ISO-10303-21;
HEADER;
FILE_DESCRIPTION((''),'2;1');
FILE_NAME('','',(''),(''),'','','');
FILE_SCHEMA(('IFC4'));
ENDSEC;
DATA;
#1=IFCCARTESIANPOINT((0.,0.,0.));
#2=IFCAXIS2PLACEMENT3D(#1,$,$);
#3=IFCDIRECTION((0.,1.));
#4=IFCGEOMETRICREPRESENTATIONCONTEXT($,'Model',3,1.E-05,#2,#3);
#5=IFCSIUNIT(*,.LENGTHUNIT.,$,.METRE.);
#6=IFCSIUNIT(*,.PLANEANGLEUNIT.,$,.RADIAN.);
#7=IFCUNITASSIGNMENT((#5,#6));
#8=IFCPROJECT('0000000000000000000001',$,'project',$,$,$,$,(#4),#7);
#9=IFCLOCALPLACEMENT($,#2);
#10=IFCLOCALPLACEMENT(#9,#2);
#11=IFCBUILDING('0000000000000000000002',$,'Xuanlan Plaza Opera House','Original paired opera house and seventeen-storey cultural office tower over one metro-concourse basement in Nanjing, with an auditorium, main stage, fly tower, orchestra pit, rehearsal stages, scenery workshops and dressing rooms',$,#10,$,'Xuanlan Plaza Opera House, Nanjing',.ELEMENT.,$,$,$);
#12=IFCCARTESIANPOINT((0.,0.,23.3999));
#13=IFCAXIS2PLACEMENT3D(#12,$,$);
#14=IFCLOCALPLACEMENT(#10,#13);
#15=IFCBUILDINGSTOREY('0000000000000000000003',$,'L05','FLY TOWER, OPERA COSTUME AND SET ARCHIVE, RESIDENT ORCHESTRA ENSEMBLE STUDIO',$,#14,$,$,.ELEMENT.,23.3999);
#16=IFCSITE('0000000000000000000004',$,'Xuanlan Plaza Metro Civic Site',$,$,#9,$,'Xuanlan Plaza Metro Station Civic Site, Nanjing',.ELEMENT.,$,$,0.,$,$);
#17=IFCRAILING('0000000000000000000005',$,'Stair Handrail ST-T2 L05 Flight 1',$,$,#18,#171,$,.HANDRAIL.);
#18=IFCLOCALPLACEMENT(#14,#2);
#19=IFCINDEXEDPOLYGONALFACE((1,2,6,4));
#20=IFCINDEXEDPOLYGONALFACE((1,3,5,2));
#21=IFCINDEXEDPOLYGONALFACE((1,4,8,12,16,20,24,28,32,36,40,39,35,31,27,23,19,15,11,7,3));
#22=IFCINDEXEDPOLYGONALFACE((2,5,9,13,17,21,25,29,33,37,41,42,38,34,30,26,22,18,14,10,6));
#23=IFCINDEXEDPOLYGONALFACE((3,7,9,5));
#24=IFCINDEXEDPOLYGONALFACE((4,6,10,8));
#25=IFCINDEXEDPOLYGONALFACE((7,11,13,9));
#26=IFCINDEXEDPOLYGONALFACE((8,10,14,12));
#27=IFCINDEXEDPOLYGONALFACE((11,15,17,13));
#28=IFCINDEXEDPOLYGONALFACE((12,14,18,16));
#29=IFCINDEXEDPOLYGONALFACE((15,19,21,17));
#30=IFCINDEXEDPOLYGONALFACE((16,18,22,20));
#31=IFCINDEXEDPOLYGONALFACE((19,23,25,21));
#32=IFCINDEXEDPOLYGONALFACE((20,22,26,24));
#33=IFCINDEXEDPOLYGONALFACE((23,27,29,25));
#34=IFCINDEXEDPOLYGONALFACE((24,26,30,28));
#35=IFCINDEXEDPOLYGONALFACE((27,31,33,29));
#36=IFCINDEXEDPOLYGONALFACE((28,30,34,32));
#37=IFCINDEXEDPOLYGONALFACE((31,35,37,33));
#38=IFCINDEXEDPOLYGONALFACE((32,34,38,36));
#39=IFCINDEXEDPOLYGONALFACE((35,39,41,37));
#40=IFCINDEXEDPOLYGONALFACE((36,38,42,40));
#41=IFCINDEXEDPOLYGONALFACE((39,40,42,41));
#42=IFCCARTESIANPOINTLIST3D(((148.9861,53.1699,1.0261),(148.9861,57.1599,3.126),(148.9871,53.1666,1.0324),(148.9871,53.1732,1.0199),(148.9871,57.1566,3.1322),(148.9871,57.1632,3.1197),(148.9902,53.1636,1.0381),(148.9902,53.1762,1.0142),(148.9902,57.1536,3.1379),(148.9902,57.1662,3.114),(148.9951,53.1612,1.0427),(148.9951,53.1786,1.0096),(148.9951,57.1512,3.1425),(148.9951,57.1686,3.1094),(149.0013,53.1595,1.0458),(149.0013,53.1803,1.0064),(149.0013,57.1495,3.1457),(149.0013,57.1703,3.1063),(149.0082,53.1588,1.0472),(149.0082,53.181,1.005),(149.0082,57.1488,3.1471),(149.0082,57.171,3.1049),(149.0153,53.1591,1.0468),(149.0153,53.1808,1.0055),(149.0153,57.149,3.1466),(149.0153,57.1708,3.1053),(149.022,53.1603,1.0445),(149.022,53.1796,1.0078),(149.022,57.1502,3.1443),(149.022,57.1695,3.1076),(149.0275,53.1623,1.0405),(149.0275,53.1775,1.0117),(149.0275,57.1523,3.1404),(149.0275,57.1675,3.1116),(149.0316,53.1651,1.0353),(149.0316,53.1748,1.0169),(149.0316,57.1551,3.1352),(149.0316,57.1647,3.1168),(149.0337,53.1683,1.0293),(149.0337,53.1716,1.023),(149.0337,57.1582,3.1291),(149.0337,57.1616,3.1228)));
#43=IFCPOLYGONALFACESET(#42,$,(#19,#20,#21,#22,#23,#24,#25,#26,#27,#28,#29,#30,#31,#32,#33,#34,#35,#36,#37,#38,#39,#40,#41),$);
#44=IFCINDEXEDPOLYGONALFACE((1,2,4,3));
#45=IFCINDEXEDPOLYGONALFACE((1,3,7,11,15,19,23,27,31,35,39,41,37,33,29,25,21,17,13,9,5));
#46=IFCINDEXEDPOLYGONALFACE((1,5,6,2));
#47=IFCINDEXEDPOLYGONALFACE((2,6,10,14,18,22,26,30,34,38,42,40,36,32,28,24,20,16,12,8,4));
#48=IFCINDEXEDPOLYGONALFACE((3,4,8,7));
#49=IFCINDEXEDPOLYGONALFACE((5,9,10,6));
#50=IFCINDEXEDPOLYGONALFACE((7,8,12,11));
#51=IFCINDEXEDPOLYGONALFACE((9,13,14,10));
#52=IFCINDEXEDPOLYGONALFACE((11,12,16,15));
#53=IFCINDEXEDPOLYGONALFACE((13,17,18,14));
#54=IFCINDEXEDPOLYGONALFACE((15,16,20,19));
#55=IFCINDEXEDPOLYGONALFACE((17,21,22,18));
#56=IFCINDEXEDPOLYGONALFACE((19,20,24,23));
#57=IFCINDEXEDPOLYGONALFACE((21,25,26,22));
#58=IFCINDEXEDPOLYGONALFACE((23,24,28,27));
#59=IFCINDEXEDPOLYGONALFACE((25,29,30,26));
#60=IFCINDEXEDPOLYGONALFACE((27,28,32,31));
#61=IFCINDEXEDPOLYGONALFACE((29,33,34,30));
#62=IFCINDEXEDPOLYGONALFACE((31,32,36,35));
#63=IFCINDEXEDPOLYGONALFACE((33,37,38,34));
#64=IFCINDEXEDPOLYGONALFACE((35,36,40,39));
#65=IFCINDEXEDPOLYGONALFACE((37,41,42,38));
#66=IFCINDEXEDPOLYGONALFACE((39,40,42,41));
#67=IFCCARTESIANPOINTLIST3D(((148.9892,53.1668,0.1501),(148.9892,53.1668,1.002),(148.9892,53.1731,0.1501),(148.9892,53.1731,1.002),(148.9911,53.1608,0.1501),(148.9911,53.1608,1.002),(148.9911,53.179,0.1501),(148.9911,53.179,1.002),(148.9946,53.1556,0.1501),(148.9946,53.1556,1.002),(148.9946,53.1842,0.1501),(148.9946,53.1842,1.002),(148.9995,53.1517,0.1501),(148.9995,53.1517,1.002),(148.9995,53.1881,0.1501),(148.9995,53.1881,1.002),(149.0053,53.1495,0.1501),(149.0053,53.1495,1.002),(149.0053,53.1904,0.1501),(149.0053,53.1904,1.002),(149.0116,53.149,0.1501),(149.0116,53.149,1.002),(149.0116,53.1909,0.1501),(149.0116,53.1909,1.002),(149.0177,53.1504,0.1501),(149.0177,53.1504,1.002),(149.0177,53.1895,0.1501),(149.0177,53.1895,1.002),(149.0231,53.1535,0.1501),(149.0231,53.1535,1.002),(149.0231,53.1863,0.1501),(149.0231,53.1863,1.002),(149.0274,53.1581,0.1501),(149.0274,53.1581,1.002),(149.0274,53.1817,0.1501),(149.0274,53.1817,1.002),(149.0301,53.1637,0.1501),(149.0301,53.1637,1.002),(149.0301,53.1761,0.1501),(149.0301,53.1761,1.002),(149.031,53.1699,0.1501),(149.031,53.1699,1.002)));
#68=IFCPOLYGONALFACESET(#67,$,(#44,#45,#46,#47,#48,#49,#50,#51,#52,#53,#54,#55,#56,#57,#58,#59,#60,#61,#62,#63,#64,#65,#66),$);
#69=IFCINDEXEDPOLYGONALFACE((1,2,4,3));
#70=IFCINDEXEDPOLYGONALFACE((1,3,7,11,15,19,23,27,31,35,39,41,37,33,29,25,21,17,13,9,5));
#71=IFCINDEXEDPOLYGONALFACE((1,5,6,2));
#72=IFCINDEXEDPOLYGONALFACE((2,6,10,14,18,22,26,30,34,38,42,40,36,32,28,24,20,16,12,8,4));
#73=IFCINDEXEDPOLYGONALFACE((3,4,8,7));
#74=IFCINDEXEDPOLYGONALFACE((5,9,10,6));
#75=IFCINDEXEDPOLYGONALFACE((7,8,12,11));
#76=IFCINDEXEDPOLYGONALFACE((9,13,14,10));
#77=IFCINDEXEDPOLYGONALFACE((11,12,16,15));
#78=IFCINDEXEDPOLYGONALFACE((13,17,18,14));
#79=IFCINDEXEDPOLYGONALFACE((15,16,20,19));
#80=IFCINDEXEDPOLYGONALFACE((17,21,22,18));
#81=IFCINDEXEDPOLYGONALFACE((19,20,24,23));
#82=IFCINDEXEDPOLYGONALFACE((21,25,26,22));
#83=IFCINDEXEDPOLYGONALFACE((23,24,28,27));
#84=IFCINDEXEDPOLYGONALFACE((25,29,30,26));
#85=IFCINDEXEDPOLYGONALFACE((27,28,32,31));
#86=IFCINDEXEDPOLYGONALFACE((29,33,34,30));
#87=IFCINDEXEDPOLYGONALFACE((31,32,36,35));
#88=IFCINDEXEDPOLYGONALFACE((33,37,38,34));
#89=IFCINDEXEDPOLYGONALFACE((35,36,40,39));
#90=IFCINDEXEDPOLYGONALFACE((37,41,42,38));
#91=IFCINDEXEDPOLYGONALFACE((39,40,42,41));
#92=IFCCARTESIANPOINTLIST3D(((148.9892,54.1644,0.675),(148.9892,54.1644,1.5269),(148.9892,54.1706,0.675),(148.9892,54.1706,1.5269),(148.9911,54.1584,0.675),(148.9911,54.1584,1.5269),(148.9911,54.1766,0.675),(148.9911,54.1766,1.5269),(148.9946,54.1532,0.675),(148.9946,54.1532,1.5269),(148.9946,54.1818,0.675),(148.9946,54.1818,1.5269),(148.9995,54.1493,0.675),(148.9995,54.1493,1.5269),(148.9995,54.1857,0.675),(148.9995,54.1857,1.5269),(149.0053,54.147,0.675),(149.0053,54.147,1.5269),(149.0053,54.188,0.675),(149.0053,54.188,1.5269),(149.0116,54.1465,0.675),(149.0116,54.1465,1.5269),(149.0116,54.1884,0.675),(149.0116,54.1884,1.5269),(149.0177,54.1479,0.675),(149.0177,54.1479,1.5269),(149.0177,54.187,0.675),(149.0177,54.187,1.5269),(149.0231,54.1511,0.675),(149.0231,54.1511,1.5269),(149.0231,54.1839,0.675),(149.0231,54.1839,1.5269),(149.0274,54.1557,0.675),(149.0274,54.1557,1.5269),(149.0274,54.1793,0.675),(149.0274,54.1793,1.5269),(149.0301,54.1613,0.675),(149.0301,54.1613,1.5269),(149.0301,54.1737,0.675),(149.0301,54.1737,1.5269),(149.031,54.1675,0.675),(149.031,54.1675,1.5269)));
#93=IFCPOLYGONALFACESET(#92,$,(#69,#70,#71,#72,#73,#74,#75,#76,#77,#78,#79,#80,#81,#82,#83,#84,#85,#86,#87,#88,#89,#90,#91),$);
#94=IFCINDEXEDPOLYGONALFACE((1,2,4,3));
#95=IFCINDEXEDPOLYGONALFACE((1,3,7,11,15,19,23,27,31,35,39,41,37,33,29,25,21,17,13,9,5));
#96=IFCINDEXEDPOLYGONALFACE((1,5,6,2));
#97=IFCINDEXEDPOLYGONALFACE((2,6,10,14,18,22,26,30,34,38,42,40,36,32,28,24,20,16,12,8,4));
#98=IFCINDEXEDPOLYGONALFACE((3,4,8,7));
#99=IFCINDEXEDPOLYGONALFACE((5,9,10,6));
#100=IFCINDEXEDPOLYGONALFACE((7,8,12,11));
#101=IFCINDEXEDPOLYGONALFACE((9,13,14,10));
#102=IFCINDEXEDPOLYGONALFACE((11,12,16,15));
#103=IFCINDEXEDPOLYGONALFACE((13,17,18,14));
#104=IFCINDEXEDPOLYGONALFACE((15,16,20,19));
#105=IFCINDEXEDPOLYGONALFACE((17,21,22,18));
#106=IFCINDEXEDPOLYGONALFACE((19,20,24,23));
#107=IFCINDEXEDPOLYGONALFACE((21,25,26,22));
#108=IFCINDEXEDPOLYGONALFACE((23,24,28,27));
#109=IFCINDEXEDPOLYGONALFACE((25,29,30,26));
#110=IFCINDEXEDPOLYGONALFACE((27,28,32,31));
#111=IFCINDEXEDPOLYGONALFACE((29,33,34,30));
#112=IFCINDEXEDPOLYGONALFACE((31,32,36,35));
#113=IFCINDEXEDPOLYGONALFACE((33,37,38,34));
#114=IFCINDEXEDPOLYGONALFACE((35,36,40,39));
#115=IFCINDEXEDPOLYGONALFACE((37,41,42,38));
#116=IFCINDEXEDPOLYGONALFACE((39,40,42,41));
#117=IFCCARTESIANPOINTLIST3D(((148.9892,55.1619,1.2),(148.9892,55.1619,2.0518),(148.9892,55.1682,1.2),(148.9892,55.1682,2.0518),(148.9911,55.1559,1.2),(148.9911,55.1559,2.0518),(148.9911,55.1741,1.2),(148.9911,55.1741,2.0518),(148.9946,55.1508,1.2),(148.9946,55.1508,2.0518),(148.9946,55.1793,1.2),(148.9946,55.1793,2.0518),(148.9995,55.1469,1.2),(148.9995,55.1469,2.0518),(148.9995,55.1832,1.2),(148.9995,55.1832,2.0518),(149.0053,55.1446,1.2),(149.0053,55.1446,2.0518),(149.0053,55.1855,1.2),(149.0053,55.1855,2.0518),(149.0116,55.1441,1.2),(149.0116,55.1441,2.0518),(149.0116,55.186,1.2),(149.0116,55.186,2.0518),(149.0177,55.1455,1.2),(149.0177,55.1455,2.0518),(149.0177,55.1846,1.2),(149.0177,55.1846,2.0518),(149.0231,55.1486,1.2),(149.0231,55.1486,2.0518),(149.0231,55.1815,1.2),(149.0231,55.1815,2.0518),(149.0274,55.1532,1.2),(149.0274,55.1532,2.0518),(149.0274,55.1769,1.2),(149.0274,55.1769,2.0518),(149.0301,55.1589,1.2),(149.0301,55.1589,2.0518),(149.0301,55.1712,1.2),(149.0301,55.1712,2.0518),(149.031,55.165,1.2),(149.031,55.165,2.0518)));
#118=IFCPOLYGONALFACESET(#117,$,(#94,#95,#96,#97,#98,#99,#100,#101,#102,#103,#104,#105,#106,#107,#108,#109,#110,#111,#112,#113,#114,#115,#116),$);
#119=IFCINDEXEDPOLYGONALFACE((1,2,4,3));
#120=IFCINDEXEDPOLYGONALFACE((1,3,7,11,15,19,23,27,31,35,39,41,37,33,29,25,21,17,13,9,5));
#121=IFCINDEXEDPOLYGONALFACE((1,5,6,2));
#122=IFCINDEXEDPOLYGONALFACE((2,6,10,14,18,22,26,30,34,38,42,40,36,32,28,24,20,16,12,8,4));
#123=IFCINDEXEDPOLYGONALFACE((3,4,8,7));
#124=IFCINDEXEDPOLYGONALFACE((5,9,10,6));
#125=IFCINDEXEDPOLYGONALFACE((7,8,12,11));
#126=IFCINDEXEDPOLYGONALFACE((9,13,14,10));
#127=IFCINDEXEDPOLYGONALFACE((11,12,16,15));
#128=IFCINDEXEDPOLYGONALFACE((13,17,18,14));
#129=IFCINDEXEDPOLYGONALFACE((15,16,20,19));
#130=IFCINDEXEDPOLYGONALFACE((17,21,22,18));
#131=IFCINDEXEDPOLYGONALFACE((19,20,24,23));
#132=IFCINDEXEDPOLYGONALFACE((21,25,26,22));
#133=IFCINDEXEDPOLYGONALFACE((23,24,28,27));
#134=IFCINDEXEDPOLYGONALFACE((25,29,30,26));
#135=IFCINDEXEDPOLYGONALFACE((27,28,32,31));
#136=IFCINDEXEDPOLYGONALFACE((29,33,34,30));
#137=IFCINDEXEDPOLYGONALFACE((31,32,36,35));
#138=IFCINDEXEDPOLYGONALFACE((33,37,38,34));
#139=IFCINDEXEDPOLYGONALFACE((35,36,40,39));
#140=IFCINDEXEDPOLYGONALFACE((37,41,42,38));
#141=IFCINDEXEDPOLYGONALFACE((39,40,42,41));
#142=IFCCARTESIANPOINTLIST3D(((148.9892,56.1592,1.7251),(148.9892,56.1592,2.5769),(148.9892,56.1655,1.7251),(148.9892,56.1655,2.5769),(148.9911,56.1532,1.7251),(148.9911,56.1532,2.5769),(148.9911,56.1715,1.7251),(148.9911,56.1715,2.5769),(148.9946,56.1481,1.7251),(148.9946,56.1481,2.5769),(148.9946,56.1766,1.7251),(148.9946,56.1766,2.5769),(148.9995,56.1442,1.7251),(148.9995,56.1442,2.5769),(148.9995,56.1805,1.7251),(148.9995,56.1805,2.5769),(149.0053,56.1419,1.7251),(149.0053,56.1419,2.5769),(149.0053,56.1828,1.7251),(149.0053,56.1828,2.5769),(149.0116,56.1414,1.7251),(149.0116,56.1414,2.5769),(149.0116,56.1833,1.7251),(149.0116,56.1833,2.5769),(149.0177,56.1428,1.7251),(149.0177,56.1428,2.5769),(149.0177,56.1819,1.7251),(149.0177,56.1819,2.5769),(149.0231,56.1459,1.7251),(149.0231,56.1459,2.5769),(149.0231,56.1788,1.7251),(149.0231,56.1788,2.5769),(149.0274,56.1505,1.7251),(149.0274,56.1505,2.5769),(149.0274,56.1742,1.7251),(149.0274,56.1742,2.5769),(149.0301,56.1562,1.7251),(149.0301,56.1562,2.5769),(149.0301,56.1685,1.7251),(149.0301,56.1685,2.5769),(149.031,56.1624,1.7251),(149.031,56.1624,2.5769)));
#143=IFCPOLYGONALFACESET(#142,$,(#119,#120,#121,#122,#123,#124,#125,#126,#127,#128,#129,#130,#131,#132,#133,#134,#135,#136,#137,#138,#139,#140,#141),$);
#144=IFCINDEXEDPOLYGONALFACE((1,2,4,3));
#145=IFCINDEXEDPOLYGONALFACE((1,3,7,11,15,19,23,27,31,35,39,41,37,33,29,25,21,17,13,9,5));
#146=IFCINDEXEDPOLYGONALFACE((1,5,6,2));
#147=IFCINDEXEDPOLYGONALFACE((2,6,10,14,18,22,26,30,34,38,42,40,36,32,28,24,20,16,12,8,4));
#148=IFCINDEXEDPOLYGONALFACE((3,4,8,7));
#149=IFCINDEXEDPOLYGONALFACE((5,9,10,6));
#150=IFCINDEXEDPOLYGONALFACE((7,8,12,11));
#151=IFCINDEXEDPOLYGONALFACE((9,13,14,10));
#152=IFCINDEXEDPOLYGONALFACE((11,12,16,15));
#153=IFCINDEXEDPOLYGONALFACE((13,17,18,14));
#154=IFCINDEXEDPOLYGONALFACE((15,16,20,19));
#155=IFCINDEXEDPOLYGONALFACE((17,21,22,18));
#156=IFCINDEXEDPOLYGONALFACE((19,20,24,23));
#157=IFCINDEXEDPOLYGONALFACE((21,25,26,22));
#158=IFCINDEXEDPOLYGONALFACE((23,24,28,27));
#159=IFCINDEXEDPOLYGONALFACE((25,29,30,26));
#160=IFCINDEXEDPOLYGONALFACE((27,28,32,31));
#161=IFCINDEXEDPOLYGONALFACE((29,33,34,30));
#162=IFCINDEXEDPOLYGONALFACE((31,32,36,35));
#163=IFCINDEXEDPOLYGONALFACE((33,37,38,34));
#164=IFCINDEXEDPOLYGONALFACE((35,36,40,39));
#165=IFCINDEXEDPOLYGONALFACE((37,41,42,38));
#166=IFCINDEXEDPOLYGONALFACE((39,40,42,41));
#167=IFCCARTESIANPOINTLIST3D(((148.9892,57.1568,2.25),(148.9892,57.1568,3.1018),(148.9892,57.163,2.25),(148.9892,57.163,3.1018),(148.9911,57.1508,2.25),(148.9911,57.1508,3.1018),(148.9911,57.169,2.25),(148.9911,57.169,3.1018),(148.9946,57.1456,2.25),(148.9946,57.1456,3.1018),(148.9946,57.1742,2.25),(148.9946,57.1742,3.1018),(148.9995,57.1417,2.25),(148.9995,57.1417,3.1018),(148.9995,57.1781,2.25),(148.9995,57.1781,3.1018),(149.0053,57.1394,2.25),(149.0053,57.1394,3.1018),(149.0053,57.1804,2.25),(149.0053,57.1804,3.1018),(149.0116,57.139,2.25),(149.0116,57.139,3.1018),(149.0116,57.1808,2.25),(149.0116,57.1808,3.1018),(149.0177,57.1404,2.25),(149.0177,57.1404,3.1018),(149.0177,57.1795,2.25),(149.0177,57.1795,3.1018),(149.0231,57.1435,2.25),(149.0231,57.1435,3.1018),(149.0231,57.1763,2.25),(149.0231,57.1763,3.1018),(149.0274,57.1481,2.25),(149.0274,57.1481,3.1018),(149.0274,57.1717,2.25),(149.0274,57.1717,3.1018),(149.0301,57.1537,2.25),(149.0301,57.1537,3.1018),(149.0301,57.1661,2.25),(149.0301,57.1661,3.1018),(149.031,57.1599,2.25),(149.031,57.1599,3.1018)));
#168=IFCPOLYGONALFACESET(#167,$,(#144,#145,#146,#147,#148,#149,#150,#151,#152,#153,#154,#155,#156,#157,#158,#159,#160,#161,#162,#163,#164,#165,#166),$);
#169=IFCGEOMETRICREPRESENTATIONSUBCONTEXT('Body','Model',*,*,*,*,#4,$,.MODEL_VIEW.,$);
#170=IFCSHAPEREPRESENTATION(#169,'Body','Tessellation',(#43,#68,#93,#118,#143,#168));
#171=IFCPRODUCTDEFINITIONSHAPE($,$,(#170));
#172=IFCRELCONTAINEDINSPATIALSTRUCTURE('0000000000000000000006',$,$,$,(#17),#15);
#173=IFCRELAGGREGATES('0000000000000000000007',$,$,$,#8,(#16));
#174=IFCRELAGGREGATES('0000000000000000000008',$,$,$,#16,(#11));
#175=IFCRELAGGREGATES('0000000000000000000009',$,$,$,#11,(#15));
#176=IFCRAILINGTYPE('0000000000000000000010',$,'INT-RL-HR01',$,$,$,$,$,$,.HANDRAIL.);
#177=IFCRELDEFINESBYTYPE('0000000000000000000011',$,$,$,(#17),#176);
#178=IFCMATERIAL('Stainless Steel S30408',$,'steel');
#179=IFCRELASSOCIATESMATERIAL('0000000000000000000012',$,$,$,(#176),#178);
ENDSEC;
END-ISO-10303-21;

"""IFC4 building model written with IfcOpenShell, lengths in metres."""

from ifc_helpers import new_model, si_unit, direction, frame, origin, origin_2d, place, context, subcontext, project, spatial, circle, extrude, material, type_object, element, save


model = new_model("IFC4")

# Units and contexts
model_context = context("Model", 3, precision=1e-05, world=origin(), true_north=direction((0.0, 1.0)))
body_context = subcontext(model_context, "Body", "Model", "MODEL_VIEW")
ifc_project = project(units=[si_unit("LENGTHUNIT", "METRE"), si_unit("PLANEANGLEUNIT", "RADIAN")], contexts=[model_context])

# Site, building, storey
site_placement = place(None, origin())
site = spatial("IfcSite", under=ifc_project, at=site_placement, Name="Xuanlan Plaza Metro Civic Site", LongName="Xuanlan Plaza Metro Station Civic Site, Nanjing", CompositionType="ELEMENT", RefElevation=0.0)
building_placement = place(site_placement, origin())
building = spatial("IfcBuilding", under=site, at=building_placement, Name="Xuanlan Plaza Opera House", Description="Original paired opera house and seventeen-storey cultural office tower over one metro-concourse basement in Nanjing, with an auditorium, main stage, fly tower, orchestra pit, rehearsal stages, scenery workshops and dressing rooms", LongName="Xuanlan Plaza Opera House, Nanjing", CompositionType="ELEMENT")
storey_placement = place(building_placement, frame((0.0, 0.0, 23.3999)))
storey = spatial("IfcBuildingStorey", under=building, at=storey_placement, Name="L05", Description="FLY TOWER, OPERA COSTUME AND SET ARCHIVE, RESIDENT ORCHESTRA ENSEMBLE STUDIO", CompositionType="ELEMENT", Elevation=23.3999)

# Shared definitions
ifc_material_1 = material(Name="Stainless Steel S30408", Category="steel")

# Railing
railing_type = type_object("IfcRailingType", Name="INT-RL-HR01", PredefinedType="HANDRAIL", material=ifc_material_1)
railing_placement = place(storey_placement, frame((149.01, 53.1699, 0.1501)))
element("IfcRailing", 1, at=railing_placement, inside=storey, type_object=railing_type, Name="Stair Handrail ST-T2 L05 Flight 1", PredefinedType="HANDRAIL", context=body_context, shape_type="SweptSolid", body=[
    extrude(circle(Radius=0.0239, at=origin_2d()), frame((0.0, 0.0, 0.876), z_axis=(0.0, 0.884931, 0.465722), x_axis=(-1.0, 0.0, 0.0)), (0.0, 0.0, 1.0), 4.5088),
    extrude(circle(Radius=0.021, at=origin_2d()), origin(), (0.0, 0.0, 1.0), 0.8518),
    extrude(circle(Radius=0.021, at=origin_2d()), frame((0.0, 0.9976, 0.5249)), (0.0, 0.0, 1.0), 0.8518),
    extrude(circle(Radius=0.021, at=origin_2d()), frame((0.0, 1.9951, 1.0498)), (0.0, 0.0, 1.0), 0.8518),
    extrude(circle(Radius=0.021, at=origin_2d()), frame((0.0, 2.9924, 1.575)), (0.0, 0.0, 1.0), 0.8518),
    extrude(circle(Radius=0.021, at=origin_2d()), frame((0.0, 3.99, 2.0999)), (0.0, 0.0, 1.0), 0.8518),
])

save(model, "model.ifc")
